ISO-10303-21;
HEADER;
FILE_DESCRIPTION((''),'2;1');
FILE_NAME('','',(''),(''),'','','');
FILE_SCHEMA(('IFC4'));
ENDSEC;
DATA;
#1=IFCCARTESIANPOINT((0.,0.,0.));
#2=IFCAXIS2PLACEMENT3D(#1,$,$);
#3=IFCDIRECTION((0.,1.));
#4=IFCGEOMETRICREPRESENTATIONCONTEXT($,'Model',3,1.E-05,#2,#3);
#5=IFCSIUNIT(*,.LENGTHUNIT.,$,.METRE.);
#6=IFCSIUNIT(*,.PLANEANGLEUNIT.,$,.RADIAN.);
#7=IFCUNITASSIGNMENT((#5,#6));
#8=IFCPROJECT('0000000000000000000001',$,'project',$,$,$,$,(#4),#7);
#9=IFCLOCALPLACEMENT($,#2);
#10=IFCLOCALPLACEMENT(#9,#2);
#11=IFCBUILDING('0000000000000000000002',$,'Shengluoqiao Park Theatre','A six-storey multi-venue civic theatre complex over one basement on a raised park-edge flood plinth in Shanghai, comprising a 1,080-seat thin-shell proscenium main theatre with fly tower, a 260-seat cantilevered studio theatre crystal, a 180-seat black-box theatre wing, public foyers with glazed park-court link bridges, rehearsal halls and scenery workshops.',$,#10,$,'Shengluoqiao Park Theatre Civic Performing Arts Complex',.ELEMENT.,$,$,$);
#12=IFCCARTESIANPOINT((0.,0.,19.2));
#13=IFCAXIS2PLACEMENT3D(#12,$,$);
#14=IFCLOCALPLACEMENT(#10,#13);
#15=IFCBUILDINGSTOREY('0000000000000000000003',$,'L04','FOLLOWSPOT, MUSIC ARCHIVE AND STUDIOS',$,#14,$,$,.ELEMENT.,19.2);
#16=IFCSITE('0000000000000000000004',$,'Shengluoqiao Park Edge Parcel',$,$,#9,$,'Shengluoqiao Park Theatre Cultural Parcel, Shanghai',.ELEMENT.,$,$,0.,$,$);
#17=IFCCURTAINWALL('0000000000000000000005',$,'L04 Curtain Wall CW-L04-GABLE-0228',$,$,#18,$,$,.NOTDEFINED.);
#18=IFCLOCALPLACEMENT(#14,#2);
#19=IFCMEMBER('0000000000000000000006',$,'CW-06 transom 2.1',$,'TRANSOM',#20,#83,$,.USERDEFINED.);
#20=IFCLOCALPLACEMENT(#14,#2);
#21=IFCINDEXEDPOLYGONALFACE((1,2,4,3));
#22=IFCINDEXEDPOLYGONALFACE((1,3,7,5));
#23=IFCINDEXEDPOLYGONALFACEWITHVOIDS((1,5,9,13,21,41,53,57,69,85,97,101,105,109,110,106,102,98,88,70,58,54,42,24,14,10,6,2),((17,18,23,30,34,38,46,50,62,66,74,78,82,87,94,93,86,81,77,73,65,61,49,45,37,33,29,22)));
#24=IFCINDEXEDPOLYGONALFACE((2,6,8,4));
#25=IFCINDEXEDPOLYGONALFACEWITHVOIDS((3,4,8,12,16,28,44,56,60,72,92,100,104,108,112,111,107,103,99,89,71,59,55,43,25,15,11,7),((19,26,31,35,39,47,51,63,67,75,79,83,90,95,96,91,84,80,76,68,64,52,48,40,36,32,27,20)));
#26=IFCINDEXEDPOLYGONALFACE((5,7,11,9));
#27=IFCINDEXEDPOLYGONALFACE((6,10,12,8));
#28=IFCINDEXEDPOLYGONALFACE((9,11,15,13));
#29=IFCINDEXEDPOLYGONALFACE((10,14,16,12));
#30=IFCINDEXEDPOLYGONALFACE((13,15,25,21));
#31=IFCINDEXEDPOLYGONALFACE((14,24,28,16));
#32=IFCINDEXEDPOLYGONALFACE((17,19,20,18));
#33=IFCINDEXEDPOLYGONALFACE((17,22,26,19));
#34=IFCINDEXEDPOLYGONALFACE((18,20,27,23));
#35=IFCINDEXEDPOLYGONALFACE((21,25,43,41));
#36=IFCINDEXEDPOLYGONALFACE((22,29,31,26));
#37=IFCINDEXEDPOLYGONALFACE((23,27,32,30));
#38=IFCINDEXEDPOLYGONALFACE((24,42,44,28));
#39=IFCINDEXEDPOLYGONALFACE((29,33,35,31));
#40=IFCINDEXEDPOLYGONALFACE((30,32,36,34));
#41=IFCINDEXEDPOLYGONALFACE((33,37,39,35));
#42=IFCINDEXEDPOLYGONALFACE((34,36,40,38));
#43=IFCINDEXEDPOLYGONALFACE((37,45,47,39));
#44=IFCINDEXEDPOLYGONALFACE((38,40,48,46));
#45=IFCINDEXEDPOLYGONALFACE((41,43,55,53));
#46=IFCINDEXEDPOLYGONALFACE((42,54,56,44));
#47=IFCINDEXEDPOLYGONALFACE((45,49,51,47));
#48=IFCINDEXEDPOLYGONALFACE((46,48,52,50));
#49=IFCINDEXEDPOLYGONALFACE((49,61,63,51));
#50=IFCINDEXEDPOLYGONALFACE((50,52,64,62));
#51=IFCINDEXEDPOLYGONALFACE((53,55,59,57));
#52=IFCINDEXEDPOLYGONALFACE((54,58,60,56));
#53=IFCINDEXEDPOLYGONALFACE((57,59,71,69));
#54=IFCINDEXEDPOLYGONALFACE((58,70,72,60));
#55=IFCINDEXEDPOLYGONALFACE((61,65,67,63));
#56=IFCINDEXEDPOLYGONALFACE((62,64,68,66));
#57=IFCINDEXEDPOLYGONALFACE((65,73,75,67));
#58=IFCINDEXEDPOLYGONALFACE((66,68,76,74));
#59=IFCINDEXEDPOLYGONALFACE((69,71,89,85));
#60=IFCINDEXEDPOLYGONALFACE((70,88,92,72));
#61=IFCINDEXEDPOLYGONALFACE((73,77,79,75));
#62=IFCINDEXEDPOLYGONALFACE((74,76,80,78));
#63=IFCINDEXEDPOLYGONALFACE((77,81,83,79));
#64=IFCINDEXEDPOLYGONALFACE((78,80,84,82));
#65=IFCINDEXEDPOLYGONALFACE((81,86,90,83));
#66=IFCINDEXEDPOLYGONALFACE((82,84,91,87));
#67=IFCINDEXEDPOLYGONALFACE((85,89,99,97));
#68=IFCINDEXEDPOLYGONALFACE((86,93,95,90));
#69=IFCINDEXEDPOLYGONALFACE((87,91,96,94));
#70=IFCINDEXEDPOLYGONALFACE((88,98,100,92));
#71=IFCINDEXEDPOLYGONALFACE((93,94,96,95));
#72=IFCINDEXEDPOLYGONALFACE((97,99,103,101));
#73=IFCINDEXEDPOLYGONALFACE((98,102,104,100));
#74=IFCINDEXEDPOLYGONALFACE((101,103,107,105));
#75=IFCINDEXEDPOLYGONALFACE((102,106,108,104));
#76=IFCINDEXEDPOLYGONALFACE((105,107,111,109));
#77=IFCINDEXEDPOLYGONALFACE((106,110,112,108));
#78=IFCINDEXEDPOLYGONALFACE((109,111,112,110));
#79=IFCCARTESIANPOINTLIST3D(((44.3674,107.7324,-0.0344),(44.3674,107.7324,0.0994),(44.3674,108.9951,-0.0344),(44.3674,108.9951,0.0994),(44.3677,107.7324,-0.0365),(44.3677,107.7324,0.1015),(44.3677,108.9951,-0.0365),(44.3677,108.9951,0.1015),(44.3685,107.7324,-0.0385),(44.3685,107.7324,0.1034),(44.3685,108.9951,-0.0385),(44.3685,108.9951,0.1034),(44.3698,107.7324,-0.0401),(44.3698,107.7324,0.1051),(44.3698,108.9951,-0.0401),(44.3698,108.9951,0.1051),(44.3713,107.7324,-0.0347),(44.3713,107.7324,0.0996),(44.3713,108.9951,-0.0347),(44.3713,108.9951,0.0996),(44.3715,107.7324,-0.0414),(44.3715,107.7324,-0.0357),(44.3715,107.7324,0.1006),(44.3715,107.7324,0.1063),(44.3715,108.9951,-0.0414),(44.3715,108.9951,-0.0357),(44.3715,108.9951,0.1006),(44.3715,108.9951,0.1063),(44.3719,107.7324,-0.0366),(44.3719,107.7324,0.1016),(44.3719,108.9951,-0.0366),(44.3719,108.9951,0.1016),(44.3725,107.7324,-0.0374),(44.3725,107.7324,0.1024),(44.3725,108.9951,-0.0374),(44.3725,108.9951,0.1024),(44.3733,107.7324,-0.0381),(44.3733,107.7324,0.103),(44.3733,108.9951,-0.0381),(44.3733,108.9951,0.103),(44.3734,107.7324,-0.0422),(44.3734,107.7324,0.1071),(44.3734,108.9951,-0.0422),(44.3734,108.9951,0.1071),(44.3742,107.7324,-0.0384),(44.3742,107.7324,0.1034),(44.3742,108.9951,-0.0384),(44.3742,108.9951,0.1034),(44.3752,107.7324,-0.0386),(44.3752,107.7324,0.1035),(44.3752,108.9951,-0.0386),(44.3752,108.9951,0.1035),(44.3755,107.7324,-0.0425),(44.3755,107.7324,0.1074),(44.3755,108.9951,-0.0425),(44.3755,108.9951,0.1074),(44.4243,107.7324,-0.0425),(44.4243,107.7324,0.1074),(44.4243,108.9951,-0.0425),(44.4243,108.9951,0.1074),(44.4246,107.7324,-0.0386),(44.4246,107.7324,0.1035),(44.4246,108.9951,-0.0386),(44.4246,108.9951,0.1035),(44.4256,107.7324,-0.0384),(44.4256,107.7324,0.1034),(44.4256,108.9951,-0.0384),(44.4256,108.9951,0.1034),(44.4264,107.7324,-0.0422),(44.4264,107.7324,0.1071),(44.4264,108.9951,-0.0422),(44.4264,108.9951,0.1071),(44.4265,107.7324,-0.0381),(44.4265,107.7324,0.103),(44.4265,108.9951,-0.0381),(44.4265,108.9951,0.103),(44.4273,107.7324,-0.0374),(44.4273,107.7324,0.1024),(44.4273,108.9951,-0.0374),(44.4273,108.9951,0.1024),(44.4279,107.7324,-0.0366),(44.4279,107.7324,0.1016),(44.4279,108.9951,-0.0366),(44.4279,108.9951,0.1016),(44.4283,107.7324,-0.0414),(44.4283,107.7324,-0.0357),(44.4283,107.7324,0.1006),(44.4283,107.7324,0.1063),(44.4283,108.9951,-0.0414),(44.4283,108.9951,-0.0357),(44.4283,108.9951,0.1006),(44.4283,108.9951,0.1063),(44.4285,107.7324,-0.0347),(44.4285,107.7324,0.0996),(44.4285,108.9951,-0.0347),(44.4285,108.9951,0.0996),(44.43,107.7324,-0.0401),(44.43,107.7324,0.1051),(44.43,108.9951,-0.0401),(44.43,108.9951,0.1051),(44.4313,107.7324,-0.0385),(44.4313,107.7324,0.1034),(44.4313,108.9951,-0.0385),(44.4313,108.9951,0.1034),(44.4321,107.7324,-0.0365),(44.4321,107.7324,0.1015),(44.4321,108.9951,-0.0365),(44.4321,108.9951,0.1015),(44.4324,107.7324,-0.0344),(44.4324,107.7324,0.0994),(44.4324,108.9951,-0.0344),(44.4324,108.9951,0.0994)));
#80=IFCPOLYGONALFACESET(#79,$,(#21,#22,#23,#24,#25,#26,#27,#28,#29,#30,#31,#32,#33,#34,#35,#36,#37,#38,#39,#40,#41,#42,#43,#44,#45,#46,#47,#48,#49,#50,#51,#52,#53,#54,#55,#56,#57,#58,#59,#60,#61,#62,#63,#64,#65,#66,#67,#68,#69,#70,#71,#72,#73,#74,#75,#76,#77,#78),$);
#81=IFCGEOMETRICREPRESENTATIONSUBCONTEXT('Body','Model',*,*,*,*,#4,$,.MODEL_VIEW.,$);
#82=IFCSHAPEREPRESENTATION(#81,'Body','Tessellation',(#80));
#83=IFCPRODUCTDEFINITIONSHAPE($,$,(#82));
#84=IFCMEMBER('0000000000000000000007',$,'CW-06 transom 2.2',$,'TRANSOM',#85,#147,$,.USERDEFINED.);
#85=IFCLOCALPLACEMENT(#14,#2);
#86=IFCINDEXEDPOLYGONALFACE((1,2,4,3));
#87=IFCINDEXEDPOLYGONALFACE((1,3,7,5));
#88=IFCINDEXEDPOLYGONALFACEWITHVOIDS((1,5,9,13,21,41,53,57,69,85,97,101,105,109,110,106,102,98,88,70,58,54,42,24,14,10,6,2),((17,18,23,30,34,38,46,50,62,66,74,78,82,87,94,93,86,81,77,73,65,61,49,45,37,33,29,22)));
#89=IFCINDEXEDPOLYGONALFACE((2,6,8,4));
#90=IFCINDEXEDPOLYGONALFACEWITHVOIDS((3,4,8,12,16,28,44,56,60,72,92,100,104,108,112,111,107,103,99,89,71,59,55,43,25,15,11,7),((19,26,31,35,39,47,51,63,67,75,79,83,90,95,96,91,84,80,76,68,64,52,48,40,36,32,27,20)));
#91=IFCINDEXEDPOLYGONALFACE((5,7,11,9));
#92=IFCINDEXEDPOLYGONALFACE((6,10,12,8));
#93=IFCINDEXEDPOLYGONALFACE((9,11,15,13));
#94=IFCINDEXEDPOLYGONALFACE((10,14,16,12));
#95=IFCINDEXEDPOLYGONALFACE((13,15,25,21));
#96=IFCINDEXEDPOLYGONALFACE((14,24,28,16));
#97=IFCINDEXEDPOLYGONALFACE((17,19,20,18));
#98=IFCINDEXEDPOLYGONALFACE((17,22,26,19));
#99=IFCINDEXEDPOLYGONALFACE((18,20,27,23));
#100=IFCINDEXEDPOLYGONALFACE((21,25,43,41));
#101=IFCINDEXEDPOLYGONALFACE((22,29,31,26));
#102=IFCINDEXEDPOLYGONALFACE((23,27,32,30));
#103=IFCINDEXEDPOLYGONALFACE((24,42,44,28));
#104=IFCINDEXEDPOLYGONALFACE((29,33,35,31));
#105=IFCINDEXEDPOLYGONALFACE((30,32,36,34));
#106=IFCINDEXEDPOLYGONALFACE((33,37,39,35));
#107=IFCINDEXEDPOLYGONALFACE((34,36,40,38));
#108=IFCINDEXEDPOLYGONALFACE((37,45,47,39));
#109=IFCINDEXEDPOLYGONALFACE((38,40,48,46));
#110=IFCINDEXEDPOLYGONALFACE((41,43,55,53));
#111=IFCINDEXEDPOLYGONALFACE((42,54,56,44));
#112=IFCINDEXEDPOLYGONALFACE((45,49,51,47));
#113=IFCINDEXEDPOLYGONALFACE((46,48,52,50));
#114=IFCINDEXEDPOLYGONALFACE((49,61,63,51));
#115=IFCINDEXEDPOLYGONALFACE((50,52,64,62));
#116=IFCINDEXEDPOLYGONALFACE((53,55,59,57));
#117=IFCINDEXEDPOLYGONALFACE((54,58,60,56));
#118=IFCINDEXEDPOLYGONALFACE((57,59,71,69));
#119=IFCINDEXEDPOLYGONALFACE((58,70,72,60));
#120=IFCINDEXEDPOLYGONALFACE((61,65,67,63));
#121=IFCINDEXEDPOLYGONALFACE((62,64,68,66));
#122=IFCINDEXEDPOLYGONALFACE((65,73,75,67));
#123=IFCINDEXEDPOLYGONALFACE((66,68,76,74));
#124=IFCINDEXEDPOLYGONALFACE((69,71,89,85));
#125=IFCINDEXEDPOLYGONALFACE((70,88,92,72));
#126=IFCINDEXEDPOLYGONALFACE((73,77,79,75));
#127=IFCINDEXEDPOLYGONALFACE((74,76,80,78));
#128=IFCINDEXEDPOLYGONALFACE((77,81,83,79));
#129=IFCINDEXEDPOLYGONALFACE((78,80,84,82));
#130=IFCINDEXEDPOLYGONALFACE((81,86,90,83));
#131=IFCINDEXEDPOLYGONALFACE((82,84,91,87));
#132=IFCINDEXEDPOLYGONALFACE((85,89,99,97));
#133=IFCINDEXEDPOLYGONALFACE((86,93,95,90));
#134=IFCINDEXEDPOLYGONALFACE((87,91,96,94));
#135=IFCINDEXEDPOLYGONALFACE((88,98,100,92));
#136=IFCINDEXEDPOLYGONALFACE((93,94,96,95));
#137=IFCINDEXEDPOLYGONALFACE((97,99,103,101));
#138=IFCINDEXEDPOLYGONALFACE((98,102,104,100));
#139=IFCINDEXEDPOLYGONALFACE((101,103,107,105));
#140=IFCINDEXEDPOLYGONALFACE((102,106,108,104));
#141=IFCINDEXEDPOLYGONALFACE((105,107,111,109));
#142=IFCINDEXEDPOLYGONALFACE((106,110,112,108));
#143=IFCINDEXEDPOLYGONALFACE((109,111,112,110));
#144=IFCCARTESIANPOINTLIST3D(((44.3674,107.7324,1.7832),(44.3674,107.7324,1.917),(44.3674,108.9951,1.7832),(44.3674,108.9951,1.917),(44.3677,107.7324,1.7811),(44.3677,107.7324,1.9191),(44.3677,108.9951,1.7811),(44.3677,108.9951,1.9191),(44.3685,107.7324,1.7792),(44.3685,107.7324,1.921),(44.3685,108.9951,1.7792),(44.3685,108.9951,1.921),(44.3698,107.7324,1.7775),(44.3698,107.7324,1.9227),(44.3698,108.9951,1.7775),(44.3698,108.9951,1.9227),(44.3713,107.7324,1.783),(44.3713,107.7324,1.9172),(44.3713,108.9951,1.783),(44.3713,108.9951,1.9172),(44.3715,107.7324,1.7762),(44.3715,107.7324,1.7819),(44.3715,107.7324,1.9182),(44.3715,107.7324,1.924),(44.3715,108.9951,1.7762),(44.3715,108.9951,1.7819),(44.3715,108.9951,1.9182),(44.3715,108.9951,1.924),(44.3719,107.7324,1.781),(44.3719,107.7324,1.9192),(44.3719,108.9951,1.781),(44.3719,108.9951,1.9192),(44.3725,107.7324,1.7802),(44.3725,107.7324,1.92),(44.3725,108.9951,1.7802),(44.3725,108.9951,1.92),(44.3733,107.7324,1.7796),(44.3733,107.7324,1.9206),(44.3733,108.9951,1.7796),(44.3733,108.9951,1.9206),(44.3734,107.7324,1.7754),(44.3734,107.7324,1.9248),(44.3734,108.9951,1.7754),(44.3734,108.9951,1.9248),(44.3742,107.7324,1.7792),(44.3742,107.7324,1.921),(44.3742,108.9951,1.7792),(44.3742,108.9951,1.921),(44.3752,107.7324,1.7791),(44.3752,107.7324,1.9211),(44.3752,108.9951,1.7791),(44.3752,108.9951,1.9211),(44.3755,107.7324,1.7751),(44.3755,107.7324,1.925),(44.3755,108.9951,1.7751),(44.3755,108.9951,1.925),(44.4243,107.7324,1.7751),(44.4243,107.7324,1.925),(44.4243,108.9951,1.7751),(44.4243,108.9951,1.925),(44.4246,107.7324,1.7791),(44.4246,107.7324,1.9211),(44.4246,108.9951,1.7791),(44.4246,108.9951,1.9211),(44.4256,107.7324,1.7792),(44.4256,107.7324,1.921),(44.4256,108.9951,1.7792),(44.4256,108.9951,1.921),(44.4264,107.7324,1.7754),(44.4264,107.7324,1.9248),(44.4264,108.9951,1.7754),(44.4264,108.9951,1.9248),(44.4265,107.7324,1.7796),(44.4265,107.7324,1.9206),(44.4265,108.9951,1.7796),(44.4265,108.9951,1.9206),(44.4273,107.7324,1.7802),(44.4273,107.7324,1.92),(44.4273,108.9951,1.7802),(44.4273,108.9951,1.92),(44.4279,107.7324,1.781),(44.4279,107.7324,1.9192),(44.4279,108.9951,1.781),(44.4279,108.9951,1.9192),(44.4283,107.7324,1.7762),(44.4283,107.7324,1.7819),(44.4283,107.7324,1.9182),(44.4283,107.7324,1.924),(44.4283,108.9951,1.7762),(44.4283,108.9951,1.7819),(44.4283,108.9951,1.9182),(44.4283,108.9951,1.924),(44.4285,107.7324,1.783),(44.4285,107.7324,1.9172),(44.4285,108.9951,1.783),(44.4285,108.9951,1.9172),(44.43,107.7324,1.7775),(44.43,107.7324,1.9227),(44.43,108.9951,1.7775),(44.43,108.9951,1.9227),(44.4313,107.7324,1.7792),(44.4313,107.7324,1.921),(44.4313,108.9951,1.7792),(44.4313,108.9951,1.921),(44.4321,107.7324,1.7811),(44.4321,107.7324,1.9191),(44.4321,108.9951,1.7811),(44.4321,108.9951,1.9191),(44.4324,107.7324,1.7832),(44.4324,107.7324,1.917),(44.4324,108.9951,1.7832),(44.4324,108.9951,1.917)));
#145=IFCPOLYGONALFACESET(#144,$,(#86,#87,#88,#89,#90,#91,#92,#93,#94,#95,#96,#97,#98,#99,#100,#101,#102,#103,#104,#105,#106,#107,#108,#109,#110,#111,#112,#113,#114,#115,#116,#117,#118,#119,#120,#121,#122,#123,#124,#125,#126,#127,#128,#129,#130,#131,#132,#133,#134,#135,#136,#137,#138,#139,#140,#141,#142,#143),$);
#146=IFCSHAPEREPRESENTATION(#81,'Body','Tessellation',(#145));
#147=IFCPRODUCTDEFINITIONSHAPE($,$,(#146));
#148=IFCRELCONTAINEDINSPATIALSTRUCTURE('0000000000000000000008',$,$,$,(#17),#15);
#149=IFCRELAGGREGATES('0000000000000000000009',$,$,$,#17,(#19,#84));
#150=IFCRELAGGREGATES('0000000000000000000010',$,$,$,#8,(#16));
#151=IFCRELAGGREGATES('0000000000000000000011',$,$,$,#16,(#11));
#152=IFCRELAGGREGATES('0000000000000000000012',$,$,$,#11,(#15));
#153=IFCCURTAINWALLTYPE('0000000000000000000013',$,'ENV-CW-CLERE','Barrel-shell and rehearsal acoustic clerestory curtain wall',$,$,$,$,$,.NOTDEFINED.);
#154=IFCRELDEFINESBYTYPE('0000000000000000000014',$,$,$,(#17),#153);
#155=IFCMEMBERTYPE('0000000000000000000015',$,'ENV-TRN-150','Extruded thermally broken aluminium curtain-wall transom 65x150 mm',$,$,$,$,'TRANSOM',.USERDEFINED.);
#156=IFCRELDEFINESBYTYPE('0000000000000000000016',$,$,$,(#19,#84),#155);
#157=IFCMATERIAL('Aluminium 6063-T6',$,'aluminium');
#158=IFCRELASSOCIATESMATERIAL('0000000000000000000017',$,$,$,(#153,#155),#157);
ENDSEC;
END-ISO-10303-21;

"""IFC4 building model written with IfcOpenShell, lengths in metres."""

from ifc_helpers import new_model, si_unit, direction, frame, origin, origin_2d, place, context, subcontext, project, spatial, hollow_rectangle, extrude, material, material_profile, profile_set, type_object, element, aggregate, save


model = new_model("IFC4")

# Units and contexts
model_context = context("Model", 3, precision=1e-05, world=origin(), true_north=direction((0.0, 1.0)))
body_context = subcontext(model_context, "Body", "Model", "MODEL_VIEW")
ifc_project = project(units=[si_unit("LENGTHUNIT", "METRE"), si_unit("PLANEANGLEUNIT", "RADIAN")], contexts=[model_context])

# Site, building, storey
site_placement = place(None, origin())
site = spatial("IfcSite", under=ifc_project, at=site_placement, Name="Shengluoqiao Park Edge Parcel", LongName="Shengluoqiao Park Theatre Cultural Parcel, Shanghai", CompositionType="ELEMENT", RefElevation=0.0)
building_placement = place(site_placement, origin())
building = spatial("IfcBuilding", under=site, at=building_placement, Name="Shengluoqiao Park Theatre", Description="A six-storey multi-venue civic theatre complex over one basement on a raised park-edge flood plinth in Shanghai, comprising a 1,080-seat thin-shell proscenium main theatre with fly tower, a 260-seat cantilevered studio theatre crystal, a 180-seat black-box theatre wing, public foyers with glazed park-court link bridges, rehearsal halls and scenery workshops.", LongName="Shengluoqiao Park Theatre Civic Performing Arts Complex", CompositionType="ELEMENT")
storey_placement = place(building_placement, frame((0.0, 0.0, 19.2)))
storey = spatial("IfcBuildingStorey", under=building, at=storey_placement, Name="L04", Description="FOLLOWSPOT, MUSIC ARCHIVE AND STUDIOS", CompositionType="ELEMENT", Elevation=19.2)

# Curtain wall
ifc_material_1 = material(Name="Aluminium 6063-T6", Category="aluminium")
curtain_wall_type = type_object("IfcCurtainWallType", Name="ENV-CW-CLERE", Description="Barrel-shell and rehearsal acoustic clerestory curtain wall", PredefinedType="NOTDEFINED", material=ifc_material_1)
curtain_wall_1_placement = place(storey_placement, origin())
curtain_wall_1 = element("IfcCurtainWall", 1, at=curtain_wall_1_placement, inside=storey, type_object=curtain_wall_type, Name="L04 Curtain Wall CW-L04-GABLE-0228", PredefinedType="NOTDEFINED")

# Members
ifc_material_profile_1 = material_profile(ifc_material_1, hollow_rectangle(XDim=0.0649, YDim=0.1499, WallThickness=0.0039, InnerFilletRadius=0.0039, OuterFilletRadius=0.0081, at=origin_2d()), Name="ALU TRANSOM 150x65x4")
ifc_profile_set_1 = profile_set([ifc_material_profile_1], Name="Aluminium 6063-T6")
member_type_1 = type_object("IfcMemberType", Name="ENV-TRN-150", Description="Extruded thermally broken aluminium curtain-wall transom 65x150 mm", ElementType="TRANSOM", PredefinedType="USERDEFINED", material=ifc_profile_set_1)
member_1_placement = place(storey_placement, frame((44.3999, 107.7324, 0.0325), z_axis=(0.0, 1.0, 0.0), x_axis=(-1.0, 0.0, 0.0)))
member_1 = element("IfcMember", 2, at=member_1_placement, type_object=member_type_1, Name="CW-06 transom 2.1", ObjectType="TRANSOM", PredefinedType="USERDEFINED", context=body_context, shape_type="SweptSolid", body=[
    extrude(hollow_rectangle(XDim=0.0649, YDim=0.1499, WallThickness=0.0039, InnerFilletRadius=0.0039, OuterFilletRadius=0.0081, at=origin_2d()), origin(), (0.0, 0.0, 1.0), 1.2627),
])
member_2_placement = place(storey_placement, frame((44.3999, 107.7324, 1.8501), z_axis=(0.0, 1.0, 0.0), x_axis=(-1.0, 0.0, 0.0)))
member_2 = element("IfcMember", 3, at=member_2_placement, type_object=member_type_1, Name="CW-06 transom 2.2", ObjectType="TRANSOM", PredefinedType="USERDEFINED", context=body_context, shape_type="SweptSolid", body=[
    extrude(hollow_rectangle(XDim=0.0649, YDim=0.1499, WallThickness=0.0039, InnerFilletRadius=0.0039, OuterFilletRadius=0.0081, at=origin_2d()), origin(), (0.0, 0.0, 1.0), 1.2627),
])

aggregate(curtain_wall_1, [member_1, member_2])

save(model, "model.ifc")
